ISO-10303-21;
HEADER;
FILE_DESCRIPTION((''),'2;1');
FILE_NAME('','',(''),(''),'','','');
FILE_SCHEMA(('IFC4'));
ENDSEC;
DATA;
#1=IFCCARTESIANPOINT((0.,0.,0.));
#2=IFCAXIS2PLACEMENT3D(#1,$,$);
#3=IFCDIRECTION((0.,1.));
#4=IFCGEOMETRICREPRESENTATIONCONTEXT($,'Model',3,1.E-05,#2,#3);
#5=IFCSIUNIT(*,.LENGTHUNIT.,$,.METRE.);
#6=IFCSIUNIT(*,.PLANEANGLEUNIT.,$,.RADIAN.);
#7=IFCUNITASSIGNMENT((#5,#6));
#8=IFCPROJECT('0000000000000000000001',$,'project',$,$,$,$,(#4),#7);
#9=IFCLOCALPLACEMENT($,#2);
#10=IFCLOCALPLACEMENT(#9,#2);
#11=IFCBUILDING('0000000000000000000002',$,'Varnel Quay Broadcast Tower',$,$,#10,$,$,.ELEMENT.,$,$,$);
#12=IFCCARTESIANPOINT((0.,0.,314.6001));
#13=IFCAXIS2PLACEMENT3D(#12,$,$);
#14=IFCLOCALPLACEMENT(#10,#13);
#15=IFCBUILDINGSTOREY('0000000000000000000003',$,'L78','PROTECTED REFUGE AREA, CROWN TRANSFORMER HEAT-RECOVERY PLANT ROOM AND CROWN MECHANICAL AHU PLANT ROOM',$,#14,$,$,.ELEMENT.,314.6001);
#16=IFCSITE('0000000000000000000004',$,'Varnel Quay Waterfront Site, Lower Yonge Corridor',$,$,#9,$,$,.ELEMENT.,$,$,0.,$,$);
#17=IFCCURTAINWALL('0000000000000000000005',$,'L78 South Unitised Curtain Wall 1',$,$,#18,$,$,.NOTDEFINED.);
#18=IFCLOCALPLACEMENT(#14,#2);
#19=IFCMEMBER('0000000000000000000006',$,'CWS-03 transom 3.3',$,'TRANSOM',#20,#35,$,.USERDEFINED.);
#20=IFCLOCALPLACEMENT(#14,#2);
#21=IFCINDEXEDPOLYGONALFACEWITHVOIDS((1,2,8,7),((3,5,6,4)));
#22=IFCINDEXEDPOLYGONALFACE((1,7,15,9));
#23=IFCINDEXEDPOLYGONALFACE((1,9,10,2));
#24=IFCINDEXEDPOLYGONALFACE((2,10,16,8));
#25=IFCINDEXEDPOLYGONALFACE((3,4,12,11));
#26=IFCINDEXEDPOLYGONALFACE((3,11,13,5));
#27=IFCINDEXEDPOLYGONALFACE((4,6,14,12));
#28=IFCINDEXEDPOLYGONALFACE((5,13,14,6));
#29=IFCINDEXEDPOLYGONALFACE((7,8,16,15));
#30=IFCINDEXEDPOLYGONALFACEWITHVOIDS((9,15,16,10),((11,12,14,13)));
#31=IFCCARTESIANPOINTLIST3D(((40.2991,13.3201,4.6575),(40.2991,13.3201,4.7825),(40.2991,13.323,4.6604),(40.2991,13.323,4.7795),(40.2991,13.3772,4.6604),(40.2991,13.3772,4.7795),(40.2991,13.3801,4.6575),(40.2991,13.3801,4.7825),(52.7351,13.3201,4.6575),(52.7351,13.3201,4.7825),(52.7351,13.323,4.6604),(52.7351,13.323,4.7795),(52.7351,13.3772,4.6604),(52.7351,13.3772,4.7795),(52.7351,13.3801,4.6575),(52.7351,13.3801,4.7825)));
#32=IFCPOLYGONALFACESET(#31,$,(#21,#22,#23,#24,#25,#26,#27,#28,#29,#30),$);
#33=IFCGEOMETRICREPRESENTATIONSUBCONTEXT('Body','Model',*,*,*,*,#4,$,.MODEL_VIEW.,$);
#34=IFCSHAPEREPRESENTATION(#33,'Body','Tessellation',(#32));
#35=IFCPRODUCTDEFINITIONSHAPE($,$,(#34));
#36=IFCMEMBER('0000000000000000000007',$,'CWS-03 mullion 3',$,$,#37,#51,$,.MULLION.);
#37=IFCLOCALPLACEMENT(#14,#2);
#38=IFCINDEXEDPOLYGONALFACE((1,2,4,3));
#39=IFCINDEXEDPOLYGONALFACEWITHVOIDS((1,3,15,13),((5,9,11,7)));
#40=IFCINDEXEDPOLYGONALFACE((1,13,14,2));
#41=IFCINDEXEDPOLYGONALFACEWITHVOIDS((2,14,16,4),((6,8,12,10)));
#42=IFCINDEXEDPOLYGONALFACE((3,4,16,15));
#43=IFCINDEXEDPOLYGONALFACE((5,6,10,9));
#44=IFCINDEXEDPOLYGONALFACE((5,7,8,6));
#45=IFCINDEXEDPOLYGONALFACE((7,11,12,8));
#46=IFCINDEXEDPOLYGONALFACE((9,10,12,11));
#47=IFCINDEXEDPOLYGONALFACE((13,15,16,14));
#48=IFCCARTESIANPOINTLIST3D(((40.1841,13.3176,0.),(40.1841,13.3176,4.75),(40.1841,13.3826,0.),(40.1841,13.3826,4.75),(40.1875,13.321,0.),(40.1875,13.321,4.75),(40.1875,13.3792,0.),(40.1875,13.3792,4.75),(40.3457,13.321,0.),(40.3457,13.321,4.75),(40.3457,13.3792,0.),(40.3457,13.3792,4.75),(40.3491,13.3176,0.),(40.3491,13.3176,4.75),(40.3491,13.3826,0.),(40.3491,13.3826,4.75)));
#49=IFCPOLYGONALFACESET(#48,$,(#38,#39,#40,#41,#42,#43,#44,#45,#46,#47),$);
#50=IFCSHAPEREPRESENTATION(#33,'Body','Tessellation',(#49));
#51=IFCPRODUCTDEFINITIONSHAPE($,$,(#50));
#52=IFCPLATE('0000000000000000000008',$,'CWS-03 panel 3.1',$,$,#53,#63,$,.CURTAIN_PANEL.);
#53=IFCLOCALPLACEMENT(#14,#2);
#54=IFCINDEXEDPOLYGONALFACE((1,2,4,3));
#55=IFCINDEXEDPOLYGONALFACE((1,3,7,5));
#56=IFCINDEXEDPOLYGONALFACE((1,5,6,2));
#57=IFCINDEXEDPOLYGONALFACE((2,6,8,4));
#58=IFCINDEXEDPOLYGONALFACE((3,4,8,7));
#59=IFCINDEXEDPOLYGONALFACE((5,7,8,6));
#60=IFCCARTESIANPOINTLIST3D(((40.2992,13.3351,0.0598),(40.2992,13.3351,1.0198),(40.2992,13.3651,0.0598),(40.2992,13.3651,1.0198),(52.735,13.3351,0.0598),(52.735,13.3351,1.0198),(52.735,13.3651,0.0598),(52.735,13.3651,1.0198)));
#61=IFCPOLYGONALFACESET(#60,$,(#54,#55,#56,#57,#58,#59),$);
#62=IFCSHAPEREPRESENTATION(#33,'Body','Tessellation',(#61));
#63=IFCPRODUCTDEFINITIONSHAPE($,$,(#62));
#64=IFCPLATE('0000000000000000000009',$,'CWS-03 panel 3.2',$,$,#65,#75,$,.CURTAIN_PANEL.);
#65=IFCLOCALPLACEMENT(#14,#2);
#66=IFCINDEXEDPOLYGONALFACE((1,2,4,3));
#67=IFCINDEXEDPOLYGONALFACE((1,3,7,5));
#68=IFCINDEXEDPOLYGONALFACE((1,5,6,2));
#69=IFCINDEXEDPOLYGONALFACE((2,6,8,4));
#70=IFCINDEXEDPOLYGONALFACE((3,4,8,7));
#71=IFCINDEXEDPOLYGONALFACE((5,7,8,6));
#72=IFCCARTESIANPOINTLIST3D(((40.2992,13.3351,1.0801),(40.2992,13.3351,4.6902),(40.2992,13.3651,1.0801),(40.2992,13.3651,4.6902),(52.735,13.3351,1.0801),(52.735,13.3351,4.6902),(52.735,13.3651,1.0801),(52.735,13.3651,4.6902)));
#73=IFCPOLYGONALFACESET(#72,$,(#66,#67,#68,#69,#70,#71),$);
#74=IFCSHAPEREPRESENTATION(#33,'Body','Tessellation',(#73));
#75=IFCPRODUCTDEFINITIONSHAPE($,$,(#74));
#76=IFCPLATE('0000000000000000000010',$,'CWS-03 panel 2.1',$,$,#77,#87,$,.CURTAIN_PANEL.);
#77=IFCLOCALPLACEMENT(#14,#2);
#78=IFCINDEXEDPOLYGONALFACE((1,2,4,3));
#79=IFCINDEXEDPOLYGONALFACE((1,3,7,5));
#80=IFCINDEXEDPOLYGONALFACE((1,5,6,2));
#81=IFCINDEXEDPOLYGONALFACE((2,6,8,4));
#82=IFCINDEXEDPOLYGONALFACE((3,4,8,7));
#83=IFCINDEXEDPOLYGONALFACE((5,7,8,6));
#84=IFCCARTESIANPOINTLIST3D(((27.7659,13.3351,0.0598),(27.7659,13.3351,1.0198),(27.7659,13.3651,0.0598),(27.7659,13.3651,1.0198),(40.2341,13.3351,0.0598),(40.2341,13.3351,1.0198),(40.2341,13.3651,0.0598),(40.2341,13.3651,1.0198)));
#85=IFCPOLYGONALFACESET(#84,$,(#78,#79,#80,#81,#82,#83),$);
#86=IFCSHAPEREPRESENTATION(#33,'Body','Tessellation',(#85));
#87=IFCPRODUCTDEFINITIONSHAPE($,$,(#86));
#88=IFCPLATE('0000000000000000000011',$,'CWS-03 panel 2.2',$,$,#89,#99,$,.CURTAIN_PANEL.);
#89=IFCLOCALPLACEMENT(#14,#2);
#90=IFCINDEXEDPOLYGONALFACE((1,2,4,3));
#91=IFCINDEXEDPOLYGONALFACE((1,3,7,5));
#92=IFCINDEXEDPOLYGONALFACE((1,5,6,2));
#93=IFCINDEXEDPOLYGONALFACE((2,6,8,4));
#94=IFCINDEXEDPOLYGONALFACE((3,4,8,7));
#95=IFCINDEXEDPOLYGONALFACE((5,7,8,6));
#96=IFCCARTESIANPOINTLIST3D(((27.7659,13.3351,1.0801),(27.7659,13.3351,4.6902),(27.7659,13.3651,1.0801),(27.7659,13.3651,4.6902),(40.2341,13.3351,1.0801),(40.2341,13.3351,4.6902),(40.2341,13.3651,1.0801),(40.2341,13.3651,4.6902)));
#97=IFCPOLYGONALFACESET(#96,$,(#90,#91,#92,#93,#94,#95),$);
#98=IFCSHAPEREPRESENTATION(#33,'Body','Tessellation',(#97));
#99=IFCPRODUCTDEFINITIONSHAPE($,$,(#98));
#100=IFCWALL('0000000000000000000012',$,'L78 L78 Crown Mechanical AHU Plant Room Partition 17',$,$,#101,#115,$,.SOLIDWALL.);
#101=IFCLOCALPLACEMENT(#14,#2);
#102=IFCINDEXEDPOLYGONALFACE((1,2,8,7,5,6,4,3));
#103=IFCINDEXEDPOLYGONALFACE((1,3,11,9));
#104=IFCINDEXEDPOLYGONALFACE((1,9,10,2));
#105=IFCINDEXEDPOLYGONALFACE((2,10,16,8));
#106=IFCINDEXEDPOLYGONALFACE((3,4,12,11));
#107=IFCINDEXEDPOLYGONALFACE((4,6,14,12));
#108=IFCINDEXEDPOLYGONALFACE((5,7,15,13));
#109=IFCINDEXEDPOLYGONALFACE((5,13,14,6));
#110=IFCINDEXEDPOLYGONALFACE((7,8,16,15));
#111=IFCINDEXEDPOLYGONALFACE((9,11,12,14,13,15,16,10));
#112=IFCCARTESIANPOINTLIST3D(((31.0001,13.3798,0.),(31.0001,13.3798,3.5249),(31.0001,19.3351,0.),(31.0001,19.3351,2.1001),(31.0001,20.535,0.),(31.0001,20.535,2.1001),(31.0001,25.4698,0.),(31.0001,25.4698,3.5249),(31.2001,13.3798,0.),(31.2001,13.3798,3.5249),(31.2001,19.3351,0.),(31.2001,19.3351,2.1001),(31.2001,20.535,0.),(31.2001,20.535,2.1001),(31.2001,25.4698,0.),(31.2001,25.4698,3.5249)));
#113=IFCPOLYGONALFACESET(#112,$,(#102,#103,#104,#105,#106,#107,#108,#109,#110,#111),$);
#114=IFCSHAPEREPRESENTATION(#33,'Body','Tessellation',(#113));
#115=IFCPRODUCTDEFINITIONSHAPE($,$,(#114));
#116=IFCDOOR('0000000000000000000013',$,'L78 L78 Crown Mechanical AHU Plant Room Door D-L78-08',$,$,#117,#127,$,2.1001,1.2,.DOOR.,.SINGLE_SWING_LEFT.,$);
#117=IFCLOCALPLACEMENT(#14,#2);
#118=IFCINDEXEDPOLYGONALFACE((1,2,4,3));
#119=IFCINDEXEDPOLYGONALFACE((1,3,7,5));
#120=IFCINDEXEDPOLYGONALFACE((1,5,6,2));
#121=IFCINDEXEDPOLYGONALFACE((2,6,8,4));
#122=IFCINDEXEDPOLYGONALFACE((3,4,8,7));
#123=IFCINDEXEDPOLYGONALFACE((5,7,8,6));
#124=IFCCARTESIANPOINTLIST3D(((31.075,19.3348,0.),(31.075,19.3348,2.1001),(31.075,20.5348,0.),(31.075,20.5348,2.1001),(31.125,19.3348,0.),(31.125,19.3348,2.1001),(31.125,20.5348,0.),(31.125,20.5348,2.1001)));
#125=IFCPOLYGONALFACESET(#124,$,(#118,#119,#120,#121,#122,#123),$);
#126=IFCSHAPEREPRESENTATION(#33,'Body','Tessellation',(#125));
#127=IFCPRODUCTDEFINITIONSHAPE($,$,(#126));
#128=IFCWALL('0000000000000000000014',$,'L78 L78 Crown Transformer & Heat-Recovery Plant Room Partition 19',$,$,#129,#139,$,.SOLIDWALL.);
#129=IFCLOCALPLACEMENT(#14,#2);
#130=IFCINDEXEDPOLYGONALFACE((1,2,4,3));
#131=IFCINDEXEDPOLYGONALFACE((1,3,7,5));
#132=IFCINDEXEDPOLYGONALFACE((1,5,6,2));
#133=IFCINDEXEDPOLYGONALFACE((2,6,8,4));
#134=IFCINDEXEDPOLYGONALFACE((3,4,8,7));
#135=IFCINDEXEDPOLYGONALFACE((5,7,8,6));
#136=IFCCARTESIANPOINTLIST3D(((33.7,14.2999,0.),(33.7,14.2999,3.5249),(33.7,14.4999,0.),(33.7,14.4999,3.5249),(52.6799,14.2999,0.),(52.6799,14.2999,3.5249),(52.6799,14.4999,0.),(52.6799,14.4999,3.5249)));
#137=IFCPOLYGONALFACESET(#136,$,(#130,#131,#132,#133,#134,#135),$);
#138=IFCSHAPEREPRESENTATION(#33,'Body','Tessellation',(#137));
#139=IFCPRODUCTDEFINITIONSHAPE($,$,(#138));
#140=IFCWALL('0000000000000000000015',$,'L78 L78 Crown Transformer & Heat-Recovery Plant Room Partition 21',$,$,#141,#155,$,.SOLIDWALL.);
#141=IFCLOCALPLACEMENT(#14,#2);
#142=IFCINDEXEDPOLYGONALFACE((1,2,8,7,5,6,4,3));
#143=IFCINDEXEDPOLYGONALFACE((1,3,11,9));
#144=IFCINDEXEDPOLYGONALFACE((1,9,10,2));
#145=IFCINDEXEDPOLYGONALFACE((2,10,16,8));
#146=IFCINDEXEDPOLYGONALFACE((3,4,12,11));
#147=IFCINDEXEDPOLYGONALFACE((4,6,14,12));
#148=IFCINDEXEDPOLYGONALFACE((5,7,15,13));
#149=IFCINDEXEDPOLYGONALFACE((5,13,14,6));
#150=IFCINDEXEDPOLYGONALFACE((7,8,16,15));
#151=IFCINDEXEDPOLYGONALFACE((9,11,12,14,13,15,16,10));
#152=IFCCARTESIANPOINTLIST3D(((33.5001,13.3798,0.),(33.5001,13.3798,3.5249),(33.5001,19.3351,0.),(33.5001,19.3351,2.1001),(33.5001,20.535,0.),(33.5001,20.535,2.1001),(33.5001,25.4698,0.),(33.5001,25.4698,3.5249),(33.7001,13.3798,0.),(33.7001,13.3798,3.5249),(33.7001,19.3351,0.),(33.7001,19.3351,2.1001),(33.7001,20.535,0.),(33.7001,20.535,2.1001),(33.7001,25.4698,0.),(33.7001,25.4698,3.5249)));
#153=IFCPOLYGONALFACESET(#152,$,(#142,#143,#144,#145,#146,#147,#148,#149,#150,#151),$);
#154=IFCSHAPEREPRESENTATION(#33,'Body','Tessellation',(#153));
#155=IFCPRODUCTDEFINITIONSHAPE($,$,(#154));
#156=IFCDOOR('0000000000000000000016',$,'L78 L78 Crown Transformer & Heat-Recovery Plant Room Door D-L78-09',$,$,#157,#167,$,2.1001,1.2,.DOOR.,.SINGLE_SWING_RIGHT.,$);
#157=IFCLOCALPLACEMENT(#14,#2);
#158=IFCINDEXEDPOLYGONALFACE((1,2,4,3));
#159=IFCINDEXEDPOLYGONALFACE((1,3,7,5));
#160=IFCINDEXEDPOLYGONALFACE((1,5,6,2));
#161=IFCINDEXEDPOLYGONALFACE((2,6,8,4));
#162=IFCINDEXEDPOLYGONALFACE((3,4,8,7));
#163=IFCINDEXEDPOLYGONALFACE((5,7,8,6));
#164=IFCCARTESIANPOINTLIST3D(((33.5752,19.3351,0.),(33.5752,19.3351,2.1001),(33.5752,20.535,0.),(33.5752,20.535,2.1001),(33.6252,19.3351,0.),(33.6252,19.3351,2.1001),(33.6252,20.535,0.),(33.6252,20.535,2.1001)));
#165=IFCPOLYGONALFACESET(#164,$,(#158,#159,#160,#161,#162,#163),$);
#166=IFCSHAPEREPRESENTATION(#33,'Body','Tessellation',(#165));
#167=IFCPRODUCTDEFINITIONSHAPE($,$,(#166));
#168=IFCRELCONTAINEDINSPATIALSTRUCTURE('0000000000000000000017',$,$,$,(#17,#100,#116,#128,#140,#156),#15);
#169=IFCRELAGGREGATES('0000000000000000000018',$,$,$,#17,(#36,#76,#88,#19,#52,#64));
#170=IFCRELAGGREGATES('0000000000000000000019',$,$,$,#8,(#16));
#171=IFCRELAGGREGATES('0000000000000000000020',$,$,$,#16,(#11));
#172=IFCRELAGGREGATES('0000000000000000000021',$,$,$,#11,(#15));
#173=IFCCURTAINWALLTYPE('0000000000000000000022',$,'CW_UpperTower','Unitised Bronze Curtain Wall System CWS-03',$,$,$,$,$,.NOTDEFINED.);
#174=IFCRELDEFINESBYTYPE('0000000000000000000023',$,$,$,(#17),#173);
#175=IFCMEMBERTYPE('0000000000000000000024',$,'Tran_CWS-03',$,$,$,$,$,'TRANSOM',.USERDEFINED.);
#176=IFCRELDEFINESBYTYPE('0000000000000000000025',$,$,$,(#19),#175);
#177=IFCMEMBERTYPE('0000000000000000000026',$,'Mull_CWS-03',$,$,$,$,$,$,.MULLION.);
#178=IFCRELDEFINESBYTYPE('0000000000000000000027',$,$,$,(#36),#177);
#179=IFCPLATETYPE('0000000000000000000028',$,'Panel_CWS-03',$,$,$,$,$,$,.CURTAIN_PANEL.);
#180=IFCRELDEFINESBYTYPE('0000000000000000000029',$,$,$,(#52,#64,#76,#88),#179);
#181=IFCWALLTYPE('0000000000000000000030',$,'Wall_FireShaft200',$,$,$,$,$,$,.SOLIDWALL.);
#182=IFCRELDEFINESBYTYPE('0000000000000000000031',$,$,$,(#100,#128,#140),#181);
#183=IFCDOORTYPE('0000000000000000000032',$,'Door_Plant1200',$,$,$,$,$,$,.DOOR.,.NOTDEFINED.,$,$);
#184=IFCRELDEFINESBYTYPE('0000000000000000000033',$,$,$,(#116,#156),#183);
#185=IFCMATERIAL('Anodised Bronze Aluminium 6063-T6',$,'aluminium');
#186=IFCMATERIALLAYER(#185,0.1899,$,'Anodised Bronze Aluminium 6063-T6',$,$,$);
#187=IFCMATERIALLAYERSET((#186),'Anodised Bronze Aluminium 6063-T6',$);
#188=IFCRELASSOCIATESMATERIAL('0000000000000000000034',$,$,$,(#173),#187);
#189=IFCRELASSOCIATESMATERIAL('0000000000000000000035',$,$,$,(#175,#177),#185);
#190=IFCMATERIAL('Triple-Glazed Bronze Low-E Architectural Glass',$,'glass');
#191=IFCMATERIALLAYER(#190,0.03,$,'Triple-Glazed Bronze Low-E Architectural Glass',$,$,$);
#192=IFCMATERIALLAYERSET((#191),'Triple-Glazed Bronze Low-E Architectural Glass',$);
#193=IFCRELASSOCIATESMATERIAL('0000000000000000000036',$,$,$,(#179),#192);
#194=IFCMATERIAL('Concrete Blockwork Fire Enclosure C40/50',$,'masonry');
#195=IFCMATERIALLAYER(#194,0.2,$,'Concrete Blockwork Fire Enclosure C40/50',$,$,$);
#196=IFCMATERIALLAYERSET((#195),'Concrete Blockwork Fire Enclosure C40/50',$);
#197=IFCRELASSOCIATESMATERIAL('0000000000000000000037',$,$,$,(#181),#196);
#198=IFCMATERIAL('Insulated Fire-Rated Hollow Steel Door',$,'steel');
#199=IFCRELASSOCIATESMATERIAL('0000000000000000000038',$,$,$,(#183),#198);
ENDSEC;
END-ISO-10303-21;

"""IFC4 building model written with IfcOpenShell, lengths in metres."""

from ifc_helpers import new_model, si_unit, direction, frame, frame_2d, origin, origin_2d, place, context, subcontext, project, spatial, rectangle, hollow_rectangle, extrude, source, transform, mapped, material, layer, layer_set, material_profile, profile_set, type_object, type_shapes, element, fill, aggregate, save


model = new_model("IFC4")

# Units and contexts
model_context = context("Model", 3, precision=1e-05, world=origin(), true_north=direction((0.0, 1.0)))
body_context = subcontext(model_context, "Body", "Model", "MODEL_VIEW")
ifc_project = project(units=[si_unit("LENGTHUNIT", "METRE"), si_unit("PLANEANGLEUNIT", "RADIAN")], contexts=[model_context])

# Site, building, storey
site_placement = place(None, origin())
site = spatial("IfcSite", under=ifc_project, at=site_placement, Name="Varnel Quay Waterfront Site, Lower Yonge Corridor", CompositionType="ELEMENT", RefElevation=0.0)
building_placement = place(site_placement, origin())
building = spatial("IfcBuilding", under=site, at=building_placement, Name="Varnel Quay Broadcast Tower", CompositionType="ELEMENT")
storey_placement = place(building_placement, frame((0.0, 0.0, 314.6001)))
storey = spatial("IfcBuildingStorey", under=building, at=storey_placement, Name="L78", Description="PROTECTED REFUGE AREA, CROWN TRANSFORMER HEAT-RECOVERY PLANT ROOM AND CROWN MECHANICAL AHU PLANT ROOM", CompositionType="ELEMENT", Elevation=314.6001)

# Curtain wall, members, plates
ifc_material_1 = material(Name="Anodised Bronze Aluminium 6063-T6", Category="aluminium")
ifc_layer_1 = layer(ifc_material_1, 0.1899, Name="Anodised Bronze Aluminium 6063-T6")
ifc_layer_set_1 = layer_set([ifc_layer_1], Name="Anodised Bronze Aluminium 6063-T6")
curtain_wall_type = type_object("IfcCurtainWallType", Name="CW_UpperTower", Description="Unitised Bronze Curtain Wall System CWS-03", PredefinedType="NOTDEFINED", material=ifc_layer_set_1)
curtain_wall_placement = place(storey_placement, origin())
curtain_wall = element("IfcCurtainWall", 1, at=curtain_wall_placement, inside=storey, type_object=curtain_wall_type, Name="L78 South Unitised Curtain Wall 1", PredefinedType="NOTDEFINED")
ifc_material_profile_1 = material_profile(ifc_material_1, hollow_rectangle(XDim=0.0601, YDim=0.125, WallThickness=0.0029, at=origin_2d()), Name="ALU60X125X3")
ifc_profile_set_1 = profile_set([ifc_material_profile_1], Name="Anodised Bronze Aluminium 6063-T6")
member_type_1 = type_object("IfcMemberType", Name="Tran_CWS-03", ElementType="TRANSOM", PredefinedType="USERDEFINED", material=ifc_profile_set_1)
shared_shape_1 = source(origin(), body_context, "Body", "SweptSolid", [
    extrude(hollow_rectangle(XDim=0.0601, YDim=0.125, WallThickness=0.0029, at=origin_2d()), origin(), (0.0, 0.0, 1.0), 12.436),
])
type_shapes(member_type_1, [shared_shape_1])
member_1_placement = place(storey_placement, frame((40.2991, 13.3501, 4.72), z_axis=(1.0, 0.0, 0.0), x_axis=(0.0, 1.0, 0.0)))
member_1 = element("IfcMember", 2, at=member_1_placement, type_object=member_type_1, Name="CWS-03 transom 3.3", ObjectType="TRANSOM", PredefinedType="USERDEFINED", context=body_context, shape_type="MappedRepresentation", body=[
    mapped(shared_shape_1, transform((0.0, 0.0, 0.0), x_axis=(1.0, 0.0, 0.0), y_axis=(0.0, 1.0, 0.0), z_axis=(0.0, 0.0, 1.0), scale=1.0)),
])
ifc_material_profile_2 = material_profile(ifc_material_1, hollow_rectangle(XDim=0.0649, YDim=0.165, WallThickness=0.0034, at=origin_2d()), Name="ALU65X165X3.5")
ifc_profile_set_2 = profile_set([ifc_material_profile_2], Name="Anodised Bronze Aluminium 6063-T6")
member_type_2 = type_object("IfcMemberType", Name="Mull_CWS-03", PredefinedType="MULLION", material=ifc_profile_set_2)
shared_shape_2 = source(origin(), body_context, "Body", "SweptSolid", [
    extrude(hollow_rectangle(XDim=0.0649, YDim=0.165, WallThickness=0.0034, at=origin_2d()), origin(), (0.0, 0.0, 1.0), 4.75),
])
type_shapes(member_type_2, [shared_shape_2])
member_2_placement = place(storey_placement, frame((40.2666, 13.3501, 0.0), z_axis=(0.0, 0.0, 1.0), x_axis=(0.0, 1.0, 0.0)))
member_2 = element("IfcMember", 3, at=member_2_placement, type_object=member_type_2, Name="CWS-03 mullion 3", PredefinedType="MULLION", context=body_context, shape_type="MappedRepresentation", body=[
    mapped(shared_shape_2, transform((0.0, 0.0, 0.0), x_axis=(1.0, 0.0, 0.0), y_axis=(0.0, 1.0, 0.0), z_axis=(0.0, 0.0, 1.0), scale=1.0)),
])
ifc_material_2 = material(Name="Triple-Glazed Bronze Low-E Architectural Glass", Category="glass")
ifc_layer_2 = layer(ifc_material_2, 0.03, Name="Triple-Glazed Bronze Low-E Architectural Glass")
ifc_layer_set_2 = layer_set([ifc_layer_2], Name="Triple-Glazed Bronze Low-E Architectural Glass")
plate_type = type_object("IfcPlateType", Name="Panel_CWS-03", PredefinedType="CURTAIN_PANEL", material=ifc_layer_set_2)
shared_shape_3 = source(origin(), body_context, "Body", "SweptSolid", [
    extrude(rectangle(XDim=12.4358, YDim=0.03, at=origin_2d()), origin(), (0.0, 0.0, 1.0), 0.96),
])
plate_1_placement = place(storey_placement, frame((46.5171, 13.3501, 0.0598), z_axis=(0.0, 0.0, 1.0), x_axis=(1.0, 0.0, 0.0)))
plate_1 = element("IfcPlate", 4, at=plate_1_placement, type_object=plate_type, Name="CWS-03 panel 3.1", PredefinedType="CURTAIN_PANEL", context=body_context, shape_type="MappedRepresentation", body=[
    mapped(shared_shape_3, transform((0.0, 0.0, 0.0), x_axis=(1.0, 0.0, 0.0), y_axis=(0.0, 1.0, 0.0), z_axis=(0.0, 0.0, 1.0), scale=1.0)),
])
shared_shape_4 = source(origin(), body_context, "Body", "SweptSolid", [
    extrude(rectangle(XDim=12.4358, YDim=0.03, at=origin_2d()), origin(), (0.0, 0.0, 1.0), 3.6101),
])
plate_2_placement = place(storey_placement, frame((46.5171, 13.3501, 1.0801), z_axis=(0.0, 0.0, 1.0), x_axis=(1.0, 0.0, 0.0)))
plate_2 = element("IfcPlate", 5, at=plate_2_placement, type_object=plate_type, Name="CWS-03 panel 3.2", PredefinedType="CURTAIN_PANEL", context=body_context, shape_type="MappedRepresentation", body=[
    mapped(shared_shape_4, transform((0.0, 0.0, 0.0), x_axis=(1.0, 0.0, 0.0), y_axis=(0.0, 1.0, 0.0), z_axis=(0.0, 0.0, 1.0), scale=1.0)),
])
shared_shape_5 = source(origin(), body_context, "Body", "SweptSolid", [
    extrude(rectangle(XDim=12.4683, YDim=0.03, at=origin_2d()), origin(), (0.0, 0.0, 1.0), 0.96),
])
plate_3_placement = place(storey_placement, frame((34.0, 13.3501, 0.0598), z_axis=(0.0, 0.0, 1.0), x_axis=(1.0, 0.0, 0.0)))
plate_3 = element("IfcPlate", 6, at=plate_3_placement, type_object=plate_type, Name="CWS-03 panel 2.1", PredefinedType="CURTAIN_PANEL", context=body_context, shape_type="MappedRepresentation", body=[
    mapped(shared_shape_5, transform((0.0, 0.0, 0.0), x_axis=(1.0, 0.0, 0.0), y_axis=(0.0, 1.0, 0.0), z_axis=(0.0, 0.0, 1.0), scale=1.0)),
])
shared_shape_6 = source(origin(), body_context, "Body", "SweptSolid", [
    extrude(rectangle(XDim=12.4683, YDim=0.03, at=origin_2d()), origin(), (0.0, 0.0, 1.0), 3.6101),
])
type_shapes(plate_type, [shared_shape_3, shared_shape_4, shared_shape_5, shared_shape_6])
plate_4_placement = place(storey_placement, frame((34.0, 13.3501, 1.0801), z_axis=(0.0, 0.0, 1.0), x_axis=(1.0, 0.0, 0.0)))
plate_4 = element("IfcPlate", 7, at=plate_4_placement, type_object=plate_type, Name="CWS-03 panel 2.2", PredefinedType="CURTAIN_PANEL", context=body_context, shape_type="MappedRepresentation", body=[
    mapped(shared_shape_6, transform((0.0, 0.0, 0.0), x_axis=(1.0, 0.0, 0.0), y_axis=(0.0, 1.0, 0.0), z_axis=(0.0, 0.0, 1.0), scale=1.0)),
])
aggregate(curtain_wall, [member_2, plate_3, plate_4, member_1, plate_1, plate_2])

# Wall, opening, door
ifc_material_3 = material(Name="Concrete Blockwork Fire Enclosure C40/50", Category="masonry")
ifc_layer_3 = layer(ifc_material_3, 0.2, Name="Concrete Blockwork Fire Enclosure C40/50")
ifc_layer_set_3 = layer_set([ifc_layer_3], Name="Concrete Blockwork Fire Enclosure C40/50")
wall_type = type_object("IfcWallType", Name="Wall_FireShaft200", PredefinedType="SOLIDWALL", material=ifc_layer_set_3)
wall_1_placement = place(storey_placement, frame((31.1001, 13.3799, 0.0), z_axis=(0.0, 0.0, 1.0), x_axis=(0.0, 1.0, 0.0)))
wall_1 = element("IfcWall", 8, at=wall_1_placement, inside=storey, type_object=wall_type, Name="L78 L78 Crown Mechanical AHU Plant Room Partition 17", PredefinedType="SOLIDWALL", context=body_context, shape_type="SweptSolid", body=[
    extrude(rectangle(XDim=12.0901, YDim=0.2, at=frame_2d((6.0449, 0.0))), origin(), (0.0, 0.0, 1.0), 3.5249),
])
opening_1_placement = place(wall_1_placement, frame((5.9551, 0.0, 0.0)))
opening_1 = element("IfcOpeningElement", 9, at=opening_1_placement, cuts=wall_1, PredefinedType="OPENING", context=body_context, shape_type="SweptSolid", body=[
    extrude(rectangle(XDim=1.2, YDim=2.1001, at=frame_2d((0.6001, 1.05))), frame((0.0, 0.1099, 0.0), z_axis=(0.0, -1.0, 0.0), x_axis=(1.0, 0.0, 0.0)), (0.0, 0.0, 1.0), 0.22),
])
ifc_material_4 = material(Name="Insulated Fire-Rated Hollow Steel Door", Category="steel")
door_type = type_object("IfcDoorType", Name="Door_Plant1200", OperationType="NOTDEFINED", PredefinedType="DOOR", material=ifc_material_4)
shared_shape_7 = source(origin(), body_context, "Body", "SweptSolid", [
    extrude(rectangle(XDim=1.2, YDim=2.1001, at=frame_2d((0.6001, 1.05))), frame((0.0, 0.0249, 0.0), z_axis=(0.0, -1.0, 0.0), x_axis=(1.0, 0.0, 0.0)), (0.0, 0.0, 1.0), 0.05),
])
type_shapes(door_type, [shared_shape_7])
door_1_placement = place(opening_1_placement, frame((1.2, 0.0, 0.0), z_axis=(0.0, 0.0, 1.0), x_axis=(-1.0, 0.0, 0.0)))
door_1 = element("IfcDoor", 10, at=door_1_placement, inside=storey, type_object=door_type, Name="L78 L78 Crown Mechanical AHU Plant Room Door D-L78-08", OperationType="SINGLE_SWING_LEFT", OverallHeight=2.1001, OverallWidth=1.2, PredefinedType="DOOR", context=body_context, shape_type="MappedRepresentation", body=[
    mapped(shared_shape_7, transform((0.0, 0.0, 0.0), x_axis=(1.0, 0.0, 0.0), y_axis=(0.0, 1.0, 0.0), z_axis=(0.0, 0.0, 1.0), scale=1.0)),
])
fill(opening_1, door_1)

# Wall
wall_2_placement = place(storey_placement, frame((33.7, 14.3999, 0.0), z_axis=(0.0, 0.0, 1.0), x_axis=(1.0, 0.0, 0.0)))
element("IfcWall", 11, at=wall_2_placement, inside=storey, type_object=wall_type, Name="L78 L78 Crown Transformer & Heat-Recovery Plant Room Partition 19", PredefinedType="SOLIDWALL", context=body_context, shape_type="SweptSolid", body=[
    extrude(rectangle(XDim=18.98, YDim=0.2, at=frame_2d((9.49, 0.0))), origin(), (0.0, 0.0, 1.0), 3.5249),
])

# Wall, opening, door
wall_3_placement = place(storey_placement, frame((33.6001, 13.3799, 0.0), z_axis=(0.0, 0.0, 1.0), x_axis=(0.0, 1.0, 0.0)))
wall_3 = element("IfcWall", 12, at=wall_3_placement, inside=storey, type_object=wall_type, Name="L78 L78 Crown Transformer & Heat-Recovery Plant Room Partition 21", PredefinedType="SOLIDWALL", context=body_context, shape_type="SweptSolid", body=[
    extrude(rectangle(XDim=12.0901, YDim=0.2, at=frame_2d((6.0449, 0.0))), origin(), (0.0, 0.0, 1.0), 3.5249),
])
opening_2_placement = place(wall_3_placement, frame((5.9551, 0.0, 0.0)))
opening_2 = element("IfcOpeningElement", 13, at=opening_2_placement, cuts=wall_3, PredefinedType="OPENING", context=body_context, shape_type="SweptSolid", body=[
    extrude(rectangle(XDim=1.2, YDim=2.1001, at=frame_2d((0.6001, 1.05))), frame((0.0, 0.1099, 0.0), z_axis=(0.0, -1.0, 0.0), x_axis=(1.0, 0.0, 0.0)), (0.0, 0.0, 1.0), 0.22),
])
door_2_placement = place(opening_2_placement, origin())
door_2 = element("IfcDoor", 14, at=door_2_placement, inside=storey, type_object=door_type, Name="L78 L78 Crown Transformer & Heat-Recovery Plant Room Door D-L78-09", OperationType="SINGLE_SWING_RIGHT", OverallHeight=2.1001, OverallWidth=1.2, PredefinedType="DOOR", context=body_context, shape_type="MappedRepresentation", body=[
    mapped(shared_shape_7, transform((0.0, 0.0, 0.0), x_axis=(1.0, 0.0, 0.0), y_axis=(0.0, 1.0, 0.0), z_axis=(0.0, 0.0, 1.0), scale=1.0)),
])
fill(opening_2, door_2)

save(model, "model.ifc")
